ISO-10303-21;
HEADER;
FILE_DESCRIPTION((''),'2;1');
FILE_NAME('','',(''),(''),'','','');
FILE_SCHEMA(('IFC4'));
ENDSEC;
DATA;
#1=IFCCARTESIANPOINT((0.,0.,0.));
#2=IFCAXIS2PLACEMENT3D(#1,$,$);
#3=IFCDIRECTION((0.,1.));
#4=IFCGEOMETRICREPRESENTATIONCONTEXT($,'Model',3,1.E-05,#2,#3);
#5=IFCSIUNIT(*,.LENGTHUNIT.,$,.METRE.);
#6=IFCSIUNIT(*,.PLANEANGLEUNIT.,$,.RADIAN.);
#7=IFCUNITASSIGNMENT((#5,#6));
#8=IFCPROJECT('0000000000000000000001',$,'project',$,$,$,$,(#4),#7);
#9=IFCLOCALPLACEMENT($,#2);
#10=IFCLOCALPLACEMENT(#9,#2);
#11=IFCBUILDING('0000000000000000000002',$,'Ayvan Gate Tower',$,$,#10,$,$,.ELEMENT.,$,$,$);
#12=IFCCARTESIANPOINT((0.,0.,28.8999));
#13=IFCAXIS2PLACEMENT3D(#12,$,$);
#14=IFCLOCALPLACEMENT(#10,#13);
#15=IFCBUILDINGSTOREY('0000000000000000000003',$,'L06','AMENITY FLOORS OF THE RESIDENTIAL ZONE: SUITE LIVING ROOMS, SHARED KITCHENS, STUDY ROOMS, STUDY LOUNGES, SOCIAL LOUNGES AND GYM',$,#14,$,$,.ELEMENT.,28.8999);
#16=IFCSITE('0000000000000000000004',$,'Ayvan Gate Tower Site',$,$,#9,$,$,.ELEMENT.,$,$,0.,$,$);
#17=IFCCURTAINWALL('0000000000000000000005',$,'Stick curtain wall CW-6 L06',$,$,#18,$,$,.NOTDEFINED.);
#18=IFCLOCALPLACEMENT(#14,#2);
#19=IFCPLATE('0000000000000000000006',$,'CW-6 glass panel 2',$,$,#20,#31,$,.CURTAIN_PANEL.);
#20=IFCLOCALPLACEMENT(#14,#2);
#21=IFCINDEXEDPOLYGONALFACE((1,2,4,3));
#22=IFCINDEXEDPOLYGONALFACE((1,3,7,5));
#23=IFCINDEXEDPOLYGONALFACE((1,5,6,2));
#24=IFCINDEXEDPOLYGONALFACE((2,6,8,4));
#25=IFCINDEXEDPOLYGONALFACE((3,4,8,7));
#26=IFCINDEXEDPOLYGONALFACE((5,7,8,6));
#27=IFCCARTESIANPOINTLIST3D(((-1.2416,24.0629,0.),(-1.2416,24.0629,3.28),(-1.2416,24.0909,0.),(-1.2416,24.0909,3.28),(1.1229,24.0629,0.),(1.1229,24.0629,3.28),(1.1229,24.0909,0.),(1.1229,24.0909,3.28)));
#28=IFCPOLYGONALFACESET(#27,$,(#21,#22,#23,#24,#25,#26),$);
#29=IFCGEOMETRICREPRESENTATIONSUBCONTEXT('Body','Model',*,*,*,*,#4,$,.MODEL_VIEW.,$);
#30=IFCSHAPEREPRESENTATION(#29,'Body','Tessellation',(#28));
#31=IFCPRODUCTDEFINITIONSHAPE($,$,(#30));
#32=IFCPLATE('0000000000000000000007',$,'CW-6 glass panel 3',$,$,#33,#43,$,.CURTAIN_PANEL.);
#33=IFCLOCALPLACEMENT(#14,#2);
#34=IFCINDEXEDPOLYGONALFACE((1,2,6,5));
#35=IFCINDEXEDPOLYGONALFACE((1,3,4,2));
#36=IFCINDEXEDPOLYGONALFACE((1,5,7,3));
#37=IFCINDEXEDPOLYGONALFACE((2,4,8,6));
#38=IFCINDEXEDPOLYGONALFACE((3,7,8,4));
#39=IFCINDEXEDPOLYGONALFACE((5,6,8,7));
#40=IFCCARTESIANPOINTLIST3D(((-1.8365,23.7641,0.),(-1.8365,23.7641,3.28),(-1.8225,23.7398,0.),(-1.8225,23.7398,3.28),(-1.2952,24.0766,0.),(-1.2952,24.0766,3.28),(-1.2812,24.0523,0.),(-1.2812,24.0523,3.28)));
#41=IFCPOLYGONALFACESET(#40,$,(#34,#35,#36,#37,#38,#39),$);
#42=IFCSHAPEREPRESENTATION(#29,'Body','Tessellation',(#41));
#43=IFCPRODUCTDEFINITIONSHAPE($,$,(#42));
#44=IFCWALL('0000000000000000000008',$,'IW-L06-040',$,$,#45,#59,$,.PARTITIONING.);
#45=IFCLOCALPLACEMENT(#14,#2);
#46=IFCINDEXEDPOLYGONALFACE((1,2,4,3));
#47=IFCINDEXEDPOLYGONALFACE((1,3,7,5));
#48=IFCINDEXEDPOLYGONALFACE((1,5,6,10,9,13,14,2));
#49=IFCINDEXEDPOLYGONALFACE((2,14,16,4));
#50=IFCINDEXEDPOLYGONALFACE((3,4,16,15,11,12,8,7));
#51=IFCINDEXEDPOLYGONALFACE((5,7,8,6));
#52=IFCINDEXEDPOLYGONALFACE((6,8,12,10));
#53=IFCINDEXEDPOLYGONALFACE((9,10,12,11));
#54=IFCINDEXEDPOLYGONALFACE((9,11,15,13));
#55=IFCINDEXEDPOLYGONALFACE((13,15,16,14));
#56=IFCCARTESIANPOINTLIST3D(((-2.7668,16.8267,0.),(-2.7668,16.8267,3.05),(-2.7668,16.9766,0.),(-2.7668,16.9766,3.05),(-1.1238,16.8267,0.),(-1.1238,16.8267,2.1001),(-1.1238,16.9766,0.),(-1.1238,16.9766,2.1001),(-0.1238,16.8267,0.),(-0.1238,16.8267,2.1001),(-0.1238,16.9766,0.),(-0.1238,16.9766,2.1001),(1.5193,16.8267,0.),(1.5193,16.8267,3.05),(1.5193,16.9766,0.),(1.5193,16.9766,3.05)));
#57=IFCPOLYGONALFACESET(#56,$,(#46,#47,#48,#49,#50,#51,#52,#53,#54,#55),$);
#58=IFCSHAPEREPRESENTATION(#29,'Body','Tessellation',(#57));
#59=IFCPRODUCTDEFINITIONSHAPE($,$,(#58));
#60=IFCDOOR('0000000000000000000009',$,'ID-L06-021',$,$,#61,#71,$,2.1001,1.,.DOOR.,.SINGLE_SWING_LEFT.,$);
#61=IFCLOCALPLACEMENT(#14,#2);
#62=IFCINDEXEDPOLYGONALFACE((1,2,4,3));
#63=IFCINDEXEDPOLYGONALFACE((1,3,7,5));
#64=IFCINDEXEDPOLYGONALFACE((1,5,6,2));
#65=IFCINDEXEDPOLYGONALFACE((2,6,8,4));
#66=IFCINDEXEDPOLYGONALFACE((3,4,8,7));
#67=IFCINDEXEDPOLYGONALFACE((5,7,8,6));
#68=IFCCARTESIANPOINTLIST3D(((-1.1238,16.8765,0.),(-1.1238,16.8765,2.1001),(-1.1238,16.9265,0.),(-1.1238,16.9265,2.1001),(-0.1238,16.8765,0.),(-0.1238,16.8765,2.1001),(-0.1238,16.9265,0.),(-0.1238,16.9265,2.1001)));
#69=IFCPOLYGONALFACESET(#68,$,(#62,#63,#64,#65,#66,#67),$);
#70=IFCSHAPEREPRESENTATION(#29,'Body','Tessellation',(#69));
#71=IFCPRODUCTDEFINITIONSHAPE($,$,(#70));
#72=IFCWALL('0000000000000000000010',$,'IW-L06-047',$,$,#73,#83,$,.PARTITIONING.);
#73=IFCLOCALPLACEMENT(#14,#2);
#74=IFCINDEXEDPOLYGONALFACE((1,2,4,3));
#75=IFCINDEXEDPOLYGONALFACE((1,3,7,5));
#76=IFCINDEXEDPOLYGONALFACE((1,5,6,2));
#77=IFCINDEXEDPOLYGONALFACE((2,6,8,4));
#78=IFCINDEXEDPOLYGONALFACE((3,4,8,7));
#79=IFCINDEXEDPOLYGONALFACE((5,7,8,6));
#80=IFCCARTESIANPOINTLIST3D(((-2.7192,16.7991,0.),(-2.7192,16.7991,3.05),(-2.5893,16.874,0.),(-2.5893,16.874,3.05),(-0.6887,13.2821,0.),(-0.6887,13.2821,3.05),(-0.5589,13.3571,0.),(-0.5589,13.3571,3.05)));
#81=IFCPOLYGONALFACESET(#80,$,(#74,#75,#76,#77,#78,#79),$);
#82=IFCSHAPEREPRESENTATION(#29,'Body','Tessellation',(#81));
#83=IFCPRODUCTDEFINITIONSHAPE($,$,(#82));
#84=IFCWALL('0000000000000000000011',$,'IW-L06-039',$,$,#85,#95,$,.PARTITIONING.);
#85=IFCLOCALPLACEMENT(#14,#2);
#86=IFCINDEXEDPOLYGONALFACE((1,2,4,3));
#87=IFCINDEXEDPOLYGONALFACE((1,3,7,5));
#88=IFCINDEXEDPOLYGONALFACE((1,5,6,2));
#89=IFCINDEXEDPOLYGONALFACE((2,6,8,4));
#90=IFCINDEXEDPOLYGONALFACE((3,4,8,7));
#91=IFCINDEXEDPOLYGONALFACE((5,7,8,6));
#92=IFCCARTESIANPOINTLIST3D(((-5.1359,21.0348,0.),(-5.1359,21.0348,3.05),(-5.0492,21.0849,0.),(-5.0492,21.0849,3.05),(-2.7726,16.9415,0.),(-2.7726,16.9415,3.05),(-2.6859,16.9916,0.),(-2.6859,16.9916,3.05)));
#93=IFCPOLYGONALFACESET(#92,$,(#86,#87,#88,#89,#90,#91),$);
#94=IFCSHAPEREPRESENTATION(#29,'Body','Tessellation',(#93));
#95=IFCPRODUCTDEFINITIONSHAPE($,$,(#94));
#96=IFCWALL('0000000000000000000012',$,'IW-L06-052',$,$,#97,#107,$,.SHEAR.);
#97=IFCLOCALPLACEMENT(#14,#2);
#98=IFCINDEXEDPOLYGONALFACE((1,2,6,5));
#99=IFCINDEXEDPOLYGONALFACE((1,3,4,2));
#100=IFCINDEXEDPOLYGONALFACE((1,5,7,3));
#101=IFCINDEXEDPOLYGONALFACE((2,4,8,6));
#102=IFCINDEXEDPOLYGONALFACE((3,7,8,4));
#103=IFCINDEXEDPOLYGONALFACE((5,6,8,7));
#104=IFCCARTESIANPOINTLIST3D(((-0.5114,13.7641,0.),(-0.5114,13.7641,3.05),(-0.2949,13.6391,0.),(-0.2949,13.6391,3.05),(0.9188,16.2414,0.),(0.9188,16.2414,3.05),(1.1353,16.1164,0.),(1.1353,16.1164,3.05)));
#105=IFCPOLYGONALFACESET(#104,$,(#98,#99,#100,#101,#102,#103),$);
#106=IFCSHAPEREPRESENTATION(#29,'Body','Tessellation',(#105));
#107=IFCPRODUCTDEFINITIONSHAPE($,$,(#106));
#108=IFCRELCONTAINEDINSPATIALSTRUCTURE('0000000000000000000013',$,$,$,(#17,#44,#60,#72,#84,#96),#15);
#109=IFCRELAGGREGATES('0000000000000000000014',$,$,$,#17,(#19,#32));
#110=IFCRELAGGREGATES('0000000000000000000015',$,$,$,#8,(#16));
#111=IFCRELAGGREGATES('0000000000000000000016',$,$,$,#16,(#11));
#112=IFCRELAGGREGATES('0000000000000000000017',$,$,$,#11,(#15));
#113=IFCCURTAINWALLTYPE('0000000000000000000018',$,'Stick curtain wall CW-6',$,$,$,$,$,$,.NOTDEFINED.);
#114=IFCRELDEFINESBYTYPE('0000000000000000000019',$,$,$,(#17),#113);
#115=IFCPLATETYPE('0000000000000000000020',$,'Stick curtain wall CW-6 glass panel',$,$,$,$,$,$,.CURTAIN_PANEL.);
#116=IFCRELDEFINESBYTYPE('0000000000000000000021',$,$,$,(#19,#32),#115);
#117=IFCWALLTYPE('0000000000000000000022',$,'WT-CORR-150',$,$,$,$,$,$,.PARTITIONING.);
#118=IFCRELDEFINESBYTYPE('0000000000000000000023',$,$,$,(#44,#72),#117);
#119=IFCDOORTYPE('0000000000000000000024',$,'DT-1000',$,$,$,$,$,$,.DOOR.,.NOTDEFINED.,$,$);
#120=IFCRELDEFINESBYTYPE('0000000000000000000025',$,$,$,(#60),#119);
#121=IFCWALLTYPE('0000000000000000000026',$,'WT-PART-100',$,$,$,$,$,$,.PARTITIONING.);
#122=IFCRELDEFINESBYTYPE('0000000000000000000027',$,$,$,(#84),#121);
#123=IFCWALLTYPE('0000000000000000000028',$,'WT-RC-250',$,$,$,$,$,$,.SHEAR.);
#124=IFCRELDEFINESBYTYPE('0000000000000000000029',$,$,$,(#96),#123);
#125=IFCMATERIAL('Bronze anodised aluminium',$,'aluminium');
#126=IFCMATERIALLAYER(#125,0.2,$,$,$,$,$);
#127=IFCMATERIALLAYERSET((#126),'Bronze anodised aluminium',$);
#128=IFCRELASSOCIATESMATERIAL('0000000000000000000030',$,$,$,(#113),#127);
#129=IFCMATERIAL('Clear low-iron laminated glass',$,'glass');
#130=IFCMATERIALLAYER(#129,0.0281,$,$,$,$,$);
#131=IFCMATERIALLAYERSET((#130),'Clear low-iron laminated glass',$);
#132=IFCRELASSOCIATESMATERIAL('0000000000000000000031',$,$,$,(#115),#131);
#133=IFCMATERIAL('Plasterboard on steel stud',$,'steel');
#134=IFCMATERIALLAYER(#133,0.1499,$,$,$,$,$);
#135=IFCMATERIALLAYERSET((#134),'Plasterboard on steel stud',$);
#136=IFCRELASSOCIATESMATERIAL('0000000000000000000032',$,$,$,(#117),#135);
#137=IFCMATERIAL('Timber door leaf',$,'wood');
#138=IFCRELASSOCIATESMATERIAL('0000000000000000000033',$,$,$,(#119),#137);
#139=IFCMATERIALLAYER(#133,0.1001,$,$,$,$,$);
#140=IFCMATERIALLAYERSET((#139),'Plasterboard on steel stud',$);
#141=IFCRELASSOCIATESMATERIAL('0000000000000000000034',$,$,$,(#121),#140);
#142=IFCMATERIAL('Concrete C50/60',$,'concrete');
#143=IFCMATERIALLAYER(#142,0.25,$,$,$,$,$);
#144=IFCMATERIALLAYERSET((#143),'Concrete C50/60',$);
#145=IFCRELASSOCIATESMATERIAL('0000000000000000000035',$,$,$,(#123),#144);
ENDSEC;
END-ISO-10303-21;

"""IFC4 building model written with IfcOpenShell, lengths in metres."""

from ifc_helpers import new_model, si_unit, direction, frame, frame_2d, origin, origin_2d, place, context, subcontext, project, spatial, rectangle, extrude, material, layer, layer_set, type_object, element, fill, aggregate, save


model = new_model("IFC4")

# Units and contexts
model_context = context("Model", 3, precision=1e-05, world=origin(), true_north=direction((0.0, 1.0)))
body_context = subcontext(model_context, "Body", "Model", "MODEL_VIEW")
ifc_project = project(units=[si_unit("LENGTHUNIT", "METRE"), si_unit("PLANEANGLEUNIT", "RADIAN")], contexts=[model_context])

# Site, building, storey
site_placement = place(None, origin())
site = spatial("IfcSite", under=ifc_project, at=site_placement, Name="Ayvan Gate Tower Site", CompositionType="ELEMENT", RefElevation=0.0)
building_placement = place(site_placement, origin())
building = spatial("IfcBuilding", under=site, at=building_placement, Name="Ayvan Gate Tower", CompositionType="ELEMENT")
storey_placement = place(building_placement, frame((0.0, 0.0, 28.8999)))
storey = spatial("IfcBuildingStorey", under=building, at=storey_placement, Name="L06", Description="AMENITY FLOORS OF THE RESIDENTIAL ZONE: SUITE LIVING ROOMS, SHARED KITCHENS, STUDY ROOMS, STUDY LOUNGES, SOCIAL LOUNGES AND GYM", CompositionType="ELEMENT", Elevation=28.8999)

# Shared definitions
ifc_material_1 = material(Name="Bronze anodised aluminium", Category="aluminium")

# Curtain wall
ifc_layer_1 = layer(ifc_material_1, 0.2)
ifc_layer_set_1 = layer_set([ifc_layer_1], Name="Bronze anodised aluminium")
curtain_wall_type_1 = type_object("IfcCurtainWallType", Name="Stick curtain wall CW-6", PredefinedType="NOTDEFINED", material=ifc_layer_set_1)
curtain_wall_1_placement = place(storey_placement, origin())
curtain_wall_1 = element("IfcCurtainWall", 1, at=curtain_wall_1_placement, inside=storey, type_object=curtain_wall_type_1, Name="Stick curtain wall CW-6 L06", PredefinedType="NOTDEFINED")

# Plates
ifc_material_2 = material(Name="Clear low-iron laminated glass", Category="glass")
ifc_layer_2 = layer(ifc_material_2, 0.0281)
ifc_layer_set_2 = layer_set([ifc_layer_2], Name="Clear low-iron laminated glass")
plate_type_1 = type_object("IfcPlateType", Name="Stick curtain wall CW-6 glass panel", PredefinedType="CURTAIN_PANEL", material=ifc_layer_set_2)
plate_1_placement = place(storey_placement, frame((-0.0593, 24.0769, 0.0), z_axis=(0.0, 0.0, 1.0), x_axis=(-1.0, 0.0, 0.0)))
plate_1 = element("IfcPlate", 2, at=plate_1_placement, type_object=plate_type_1, Name="CW-6 glass panel 2", PredefinedType="CURTAIN_PANEL", context=body_context, shape_type="SweptSolid", body=[
    extrude(rectangle(XDim=2.3645, YDim=0.0281, at=origin_2d()), origin(), (0.0, 0.0, 1.0), 3.28),
])
plate_2_placement = place(storey_placement, frame((-1.5588, 23.9082, 0.0), z_axis=(0.0, 0.0, 1.0), x_axis=(-0.866025, -0.5, 0.0)))
plate_2 = element("IfcPlate", 3, at=plate_2_placement, type_object=plate_type_1, Name="CW-6 glass panel 3", PredefinedType="CURTAIN_PANEL", context=body_context, shape_type="SweptSolid", body=[
    extrude(rectangle(XDim=0.625, YDim=0.0281, at=origin_2d()), origin(), (0.0, 0.0, 1.0), 3.28),
])
aggregate(curtain_wall_1, [plate_1, plate_2])

# Wall, opening, door
ifc_material_3 = material(Name="Plasterboard on steel stud", Category="steel")
ifc_layer_3 = layer(ifc_material_3, 0.1499)
ifc_layer_set_3 = layer_set([ifc_layer_3], Name="Plasterboard on steel stud")
wall_type_1 = type_object("IfcWallType", Name="WT-CORR-150", PredefinedType="PARTITIONING", material=ifc_layer_set_3)
wall_1_placement = place(storey_placement, frame((-2.7668, 16.9016, 0.0), z_axis=(0.0, 0.0, 1.0), x_axis=(1.0, 0.0, 0.0)))
wall_1 = element("IfcWall", 4, at=wall_1_placement, inside=storey, type_object=wall_type_1, Name="IW-L06-040", PredefinedType="PARTITIONING", context=body_context, shape_type="SweptSolid", body=[
    extrude(rectangle(XDim=4.2861, YDim=0.1499, at=frame_2d((2.1431, 0.0))), origin(), (0.0, 0.0, 1.0), 3.05),
])
opening_1_placement = place(wall_1_placement, frame((1.6431, 0.0, 0.0)))
opening_1 = element("IfcOpeningElement", 5, at=opening_1_placement, cuts=wall_1, PredefinedType="OPENING", context=body_context, shape_type="SweptSolid", body=[
    extrude(rectangle(XDim=1.0, YDim=2.1001, at=frame_2d((0.5, 1.05))), frame((0.0, 0.085, 0.0), z_axis=(0.0, -1.0, 0.0), x_axis=(1.0, 0.0, 0.0)), (0.0, 0.0, 1.0), 0.1699),
])
ifc_material_4 = material(Name="Timber door leaf", Category="wood")
door_type_1 = type_object("IfcDoorType", Name="DT-1000", OperationType="NOTDEFINED", PredefinedType="DOOR", material=ifc_material_4)
door_1_placement = place(opening_1_placement, origin())
door_1 = element("IfcDoor", 6, at=door_1_placement, inside=storey, type_object=door_type_1, Name="ID-L06-021", OperationType="SINGLE_SWING_LEFT", OverallHeight=2.1001, OverallWidth=1.0, PredefinedType="DOOR", context=body_context, shape_type="SweptSolid", body=[
    extrude(rectangle(XDim=1.0, YDim=2.1001, at=frame_2d((0.5, 1.05))), frame((0.0, 0.0249, 0.0), z_axis=(0.0, -1.0, 0.0), x_axis=(1.0, 0.0, 0.0)), (0.0, 0.0, 1.0), 0.05),
])
fill(opening_1, door_1)

# Walls
wall_2_placement = place(storey_placement, frame((-0.6238, 13.3196, 0.0), z_axis=(0.0, 0.0, 1.0), x_axis=(-0.499986, 0.866033, 0.0)))
element("IfcWall", 7, at=wall_2_placement, inside=storey, type_object=wall_type_1, Name="IW-L06-047", PredefinedType="PARTITIONING", context=body_context, shape_type="SweptSolid", body=[
    extrude(rectangle(XDim=4.061, YDim=0.1499, at=frame_2d((2.0305, 0.0))), origin(), (0.0, 0.0, 1.0), 3.05),
])
ifc_layer_4 = layer(ifc_material_3, 0.1001)
ifc_layer_set_4 = layer_set([ifc_layer_4], Name="Plasterboard on steel stud")
wall_type_2 = type_object("IfcWallType", Name="WT-PART-100", PredefinedType="PARTITIONING", material=ifc_layer_set_4)
wall_3_placement = place(storey_placement, frame((-2.7292, 16.9666, 0.0), z_axis=(0.0, 0.0, 1.0), x_axis=(-0.500006, 0.866022, 0.0)))
element("IfcWall", 8, at=wall_3_placement, inside=storey, type_object=wall_type_2, Name="IW-L06-039", PredefinedType="PARTITIONING", context=body_context, shape_type="SweptSolid", body=[
    extrude(rectangle(XDim=4.7266, YDim=0.1001, at=frame_2d((2.3633, 0.0))), origin(), (0.0, 0.0, 1.0), 3.05),
])
ifc_material_5 = material(Name="Concrete C50/60", Category="concrete")
ifc_layer_5 = layer(ifc_material_5, 0.25)
ifc_layer_set_5 = layer_set([ifc_layer_5], Name="Concrete C50/60")
wall_type_3 = type_object("IfcWallType", Name="WT-RC-250", PredefinedType="SHEAR", material=ifc_layer_set_5)
wall_4_placement = place(storey_placement, frame((-0.4031, 13.7017, 0.0), z_axis=(0.0, 0.0, 1.0), x_axis=(0.499976, 0.866039, 0.0)))
element("IfcWall", 9, at=wall_4_placement, inside=storey, type_object=wall_type_3, Name="IW-L06-052", PredefinedType="SHEAR", context=body_context, shape_type="SweptSolid", body=[
    extrude(rectangle(XDim=2.8606, YDim=0.25, at=frame_2d((1.4302, 0.0))), origin(), (0.0, 0.0, 1.0), 3.05),
])

save(model, "model.ifc")
